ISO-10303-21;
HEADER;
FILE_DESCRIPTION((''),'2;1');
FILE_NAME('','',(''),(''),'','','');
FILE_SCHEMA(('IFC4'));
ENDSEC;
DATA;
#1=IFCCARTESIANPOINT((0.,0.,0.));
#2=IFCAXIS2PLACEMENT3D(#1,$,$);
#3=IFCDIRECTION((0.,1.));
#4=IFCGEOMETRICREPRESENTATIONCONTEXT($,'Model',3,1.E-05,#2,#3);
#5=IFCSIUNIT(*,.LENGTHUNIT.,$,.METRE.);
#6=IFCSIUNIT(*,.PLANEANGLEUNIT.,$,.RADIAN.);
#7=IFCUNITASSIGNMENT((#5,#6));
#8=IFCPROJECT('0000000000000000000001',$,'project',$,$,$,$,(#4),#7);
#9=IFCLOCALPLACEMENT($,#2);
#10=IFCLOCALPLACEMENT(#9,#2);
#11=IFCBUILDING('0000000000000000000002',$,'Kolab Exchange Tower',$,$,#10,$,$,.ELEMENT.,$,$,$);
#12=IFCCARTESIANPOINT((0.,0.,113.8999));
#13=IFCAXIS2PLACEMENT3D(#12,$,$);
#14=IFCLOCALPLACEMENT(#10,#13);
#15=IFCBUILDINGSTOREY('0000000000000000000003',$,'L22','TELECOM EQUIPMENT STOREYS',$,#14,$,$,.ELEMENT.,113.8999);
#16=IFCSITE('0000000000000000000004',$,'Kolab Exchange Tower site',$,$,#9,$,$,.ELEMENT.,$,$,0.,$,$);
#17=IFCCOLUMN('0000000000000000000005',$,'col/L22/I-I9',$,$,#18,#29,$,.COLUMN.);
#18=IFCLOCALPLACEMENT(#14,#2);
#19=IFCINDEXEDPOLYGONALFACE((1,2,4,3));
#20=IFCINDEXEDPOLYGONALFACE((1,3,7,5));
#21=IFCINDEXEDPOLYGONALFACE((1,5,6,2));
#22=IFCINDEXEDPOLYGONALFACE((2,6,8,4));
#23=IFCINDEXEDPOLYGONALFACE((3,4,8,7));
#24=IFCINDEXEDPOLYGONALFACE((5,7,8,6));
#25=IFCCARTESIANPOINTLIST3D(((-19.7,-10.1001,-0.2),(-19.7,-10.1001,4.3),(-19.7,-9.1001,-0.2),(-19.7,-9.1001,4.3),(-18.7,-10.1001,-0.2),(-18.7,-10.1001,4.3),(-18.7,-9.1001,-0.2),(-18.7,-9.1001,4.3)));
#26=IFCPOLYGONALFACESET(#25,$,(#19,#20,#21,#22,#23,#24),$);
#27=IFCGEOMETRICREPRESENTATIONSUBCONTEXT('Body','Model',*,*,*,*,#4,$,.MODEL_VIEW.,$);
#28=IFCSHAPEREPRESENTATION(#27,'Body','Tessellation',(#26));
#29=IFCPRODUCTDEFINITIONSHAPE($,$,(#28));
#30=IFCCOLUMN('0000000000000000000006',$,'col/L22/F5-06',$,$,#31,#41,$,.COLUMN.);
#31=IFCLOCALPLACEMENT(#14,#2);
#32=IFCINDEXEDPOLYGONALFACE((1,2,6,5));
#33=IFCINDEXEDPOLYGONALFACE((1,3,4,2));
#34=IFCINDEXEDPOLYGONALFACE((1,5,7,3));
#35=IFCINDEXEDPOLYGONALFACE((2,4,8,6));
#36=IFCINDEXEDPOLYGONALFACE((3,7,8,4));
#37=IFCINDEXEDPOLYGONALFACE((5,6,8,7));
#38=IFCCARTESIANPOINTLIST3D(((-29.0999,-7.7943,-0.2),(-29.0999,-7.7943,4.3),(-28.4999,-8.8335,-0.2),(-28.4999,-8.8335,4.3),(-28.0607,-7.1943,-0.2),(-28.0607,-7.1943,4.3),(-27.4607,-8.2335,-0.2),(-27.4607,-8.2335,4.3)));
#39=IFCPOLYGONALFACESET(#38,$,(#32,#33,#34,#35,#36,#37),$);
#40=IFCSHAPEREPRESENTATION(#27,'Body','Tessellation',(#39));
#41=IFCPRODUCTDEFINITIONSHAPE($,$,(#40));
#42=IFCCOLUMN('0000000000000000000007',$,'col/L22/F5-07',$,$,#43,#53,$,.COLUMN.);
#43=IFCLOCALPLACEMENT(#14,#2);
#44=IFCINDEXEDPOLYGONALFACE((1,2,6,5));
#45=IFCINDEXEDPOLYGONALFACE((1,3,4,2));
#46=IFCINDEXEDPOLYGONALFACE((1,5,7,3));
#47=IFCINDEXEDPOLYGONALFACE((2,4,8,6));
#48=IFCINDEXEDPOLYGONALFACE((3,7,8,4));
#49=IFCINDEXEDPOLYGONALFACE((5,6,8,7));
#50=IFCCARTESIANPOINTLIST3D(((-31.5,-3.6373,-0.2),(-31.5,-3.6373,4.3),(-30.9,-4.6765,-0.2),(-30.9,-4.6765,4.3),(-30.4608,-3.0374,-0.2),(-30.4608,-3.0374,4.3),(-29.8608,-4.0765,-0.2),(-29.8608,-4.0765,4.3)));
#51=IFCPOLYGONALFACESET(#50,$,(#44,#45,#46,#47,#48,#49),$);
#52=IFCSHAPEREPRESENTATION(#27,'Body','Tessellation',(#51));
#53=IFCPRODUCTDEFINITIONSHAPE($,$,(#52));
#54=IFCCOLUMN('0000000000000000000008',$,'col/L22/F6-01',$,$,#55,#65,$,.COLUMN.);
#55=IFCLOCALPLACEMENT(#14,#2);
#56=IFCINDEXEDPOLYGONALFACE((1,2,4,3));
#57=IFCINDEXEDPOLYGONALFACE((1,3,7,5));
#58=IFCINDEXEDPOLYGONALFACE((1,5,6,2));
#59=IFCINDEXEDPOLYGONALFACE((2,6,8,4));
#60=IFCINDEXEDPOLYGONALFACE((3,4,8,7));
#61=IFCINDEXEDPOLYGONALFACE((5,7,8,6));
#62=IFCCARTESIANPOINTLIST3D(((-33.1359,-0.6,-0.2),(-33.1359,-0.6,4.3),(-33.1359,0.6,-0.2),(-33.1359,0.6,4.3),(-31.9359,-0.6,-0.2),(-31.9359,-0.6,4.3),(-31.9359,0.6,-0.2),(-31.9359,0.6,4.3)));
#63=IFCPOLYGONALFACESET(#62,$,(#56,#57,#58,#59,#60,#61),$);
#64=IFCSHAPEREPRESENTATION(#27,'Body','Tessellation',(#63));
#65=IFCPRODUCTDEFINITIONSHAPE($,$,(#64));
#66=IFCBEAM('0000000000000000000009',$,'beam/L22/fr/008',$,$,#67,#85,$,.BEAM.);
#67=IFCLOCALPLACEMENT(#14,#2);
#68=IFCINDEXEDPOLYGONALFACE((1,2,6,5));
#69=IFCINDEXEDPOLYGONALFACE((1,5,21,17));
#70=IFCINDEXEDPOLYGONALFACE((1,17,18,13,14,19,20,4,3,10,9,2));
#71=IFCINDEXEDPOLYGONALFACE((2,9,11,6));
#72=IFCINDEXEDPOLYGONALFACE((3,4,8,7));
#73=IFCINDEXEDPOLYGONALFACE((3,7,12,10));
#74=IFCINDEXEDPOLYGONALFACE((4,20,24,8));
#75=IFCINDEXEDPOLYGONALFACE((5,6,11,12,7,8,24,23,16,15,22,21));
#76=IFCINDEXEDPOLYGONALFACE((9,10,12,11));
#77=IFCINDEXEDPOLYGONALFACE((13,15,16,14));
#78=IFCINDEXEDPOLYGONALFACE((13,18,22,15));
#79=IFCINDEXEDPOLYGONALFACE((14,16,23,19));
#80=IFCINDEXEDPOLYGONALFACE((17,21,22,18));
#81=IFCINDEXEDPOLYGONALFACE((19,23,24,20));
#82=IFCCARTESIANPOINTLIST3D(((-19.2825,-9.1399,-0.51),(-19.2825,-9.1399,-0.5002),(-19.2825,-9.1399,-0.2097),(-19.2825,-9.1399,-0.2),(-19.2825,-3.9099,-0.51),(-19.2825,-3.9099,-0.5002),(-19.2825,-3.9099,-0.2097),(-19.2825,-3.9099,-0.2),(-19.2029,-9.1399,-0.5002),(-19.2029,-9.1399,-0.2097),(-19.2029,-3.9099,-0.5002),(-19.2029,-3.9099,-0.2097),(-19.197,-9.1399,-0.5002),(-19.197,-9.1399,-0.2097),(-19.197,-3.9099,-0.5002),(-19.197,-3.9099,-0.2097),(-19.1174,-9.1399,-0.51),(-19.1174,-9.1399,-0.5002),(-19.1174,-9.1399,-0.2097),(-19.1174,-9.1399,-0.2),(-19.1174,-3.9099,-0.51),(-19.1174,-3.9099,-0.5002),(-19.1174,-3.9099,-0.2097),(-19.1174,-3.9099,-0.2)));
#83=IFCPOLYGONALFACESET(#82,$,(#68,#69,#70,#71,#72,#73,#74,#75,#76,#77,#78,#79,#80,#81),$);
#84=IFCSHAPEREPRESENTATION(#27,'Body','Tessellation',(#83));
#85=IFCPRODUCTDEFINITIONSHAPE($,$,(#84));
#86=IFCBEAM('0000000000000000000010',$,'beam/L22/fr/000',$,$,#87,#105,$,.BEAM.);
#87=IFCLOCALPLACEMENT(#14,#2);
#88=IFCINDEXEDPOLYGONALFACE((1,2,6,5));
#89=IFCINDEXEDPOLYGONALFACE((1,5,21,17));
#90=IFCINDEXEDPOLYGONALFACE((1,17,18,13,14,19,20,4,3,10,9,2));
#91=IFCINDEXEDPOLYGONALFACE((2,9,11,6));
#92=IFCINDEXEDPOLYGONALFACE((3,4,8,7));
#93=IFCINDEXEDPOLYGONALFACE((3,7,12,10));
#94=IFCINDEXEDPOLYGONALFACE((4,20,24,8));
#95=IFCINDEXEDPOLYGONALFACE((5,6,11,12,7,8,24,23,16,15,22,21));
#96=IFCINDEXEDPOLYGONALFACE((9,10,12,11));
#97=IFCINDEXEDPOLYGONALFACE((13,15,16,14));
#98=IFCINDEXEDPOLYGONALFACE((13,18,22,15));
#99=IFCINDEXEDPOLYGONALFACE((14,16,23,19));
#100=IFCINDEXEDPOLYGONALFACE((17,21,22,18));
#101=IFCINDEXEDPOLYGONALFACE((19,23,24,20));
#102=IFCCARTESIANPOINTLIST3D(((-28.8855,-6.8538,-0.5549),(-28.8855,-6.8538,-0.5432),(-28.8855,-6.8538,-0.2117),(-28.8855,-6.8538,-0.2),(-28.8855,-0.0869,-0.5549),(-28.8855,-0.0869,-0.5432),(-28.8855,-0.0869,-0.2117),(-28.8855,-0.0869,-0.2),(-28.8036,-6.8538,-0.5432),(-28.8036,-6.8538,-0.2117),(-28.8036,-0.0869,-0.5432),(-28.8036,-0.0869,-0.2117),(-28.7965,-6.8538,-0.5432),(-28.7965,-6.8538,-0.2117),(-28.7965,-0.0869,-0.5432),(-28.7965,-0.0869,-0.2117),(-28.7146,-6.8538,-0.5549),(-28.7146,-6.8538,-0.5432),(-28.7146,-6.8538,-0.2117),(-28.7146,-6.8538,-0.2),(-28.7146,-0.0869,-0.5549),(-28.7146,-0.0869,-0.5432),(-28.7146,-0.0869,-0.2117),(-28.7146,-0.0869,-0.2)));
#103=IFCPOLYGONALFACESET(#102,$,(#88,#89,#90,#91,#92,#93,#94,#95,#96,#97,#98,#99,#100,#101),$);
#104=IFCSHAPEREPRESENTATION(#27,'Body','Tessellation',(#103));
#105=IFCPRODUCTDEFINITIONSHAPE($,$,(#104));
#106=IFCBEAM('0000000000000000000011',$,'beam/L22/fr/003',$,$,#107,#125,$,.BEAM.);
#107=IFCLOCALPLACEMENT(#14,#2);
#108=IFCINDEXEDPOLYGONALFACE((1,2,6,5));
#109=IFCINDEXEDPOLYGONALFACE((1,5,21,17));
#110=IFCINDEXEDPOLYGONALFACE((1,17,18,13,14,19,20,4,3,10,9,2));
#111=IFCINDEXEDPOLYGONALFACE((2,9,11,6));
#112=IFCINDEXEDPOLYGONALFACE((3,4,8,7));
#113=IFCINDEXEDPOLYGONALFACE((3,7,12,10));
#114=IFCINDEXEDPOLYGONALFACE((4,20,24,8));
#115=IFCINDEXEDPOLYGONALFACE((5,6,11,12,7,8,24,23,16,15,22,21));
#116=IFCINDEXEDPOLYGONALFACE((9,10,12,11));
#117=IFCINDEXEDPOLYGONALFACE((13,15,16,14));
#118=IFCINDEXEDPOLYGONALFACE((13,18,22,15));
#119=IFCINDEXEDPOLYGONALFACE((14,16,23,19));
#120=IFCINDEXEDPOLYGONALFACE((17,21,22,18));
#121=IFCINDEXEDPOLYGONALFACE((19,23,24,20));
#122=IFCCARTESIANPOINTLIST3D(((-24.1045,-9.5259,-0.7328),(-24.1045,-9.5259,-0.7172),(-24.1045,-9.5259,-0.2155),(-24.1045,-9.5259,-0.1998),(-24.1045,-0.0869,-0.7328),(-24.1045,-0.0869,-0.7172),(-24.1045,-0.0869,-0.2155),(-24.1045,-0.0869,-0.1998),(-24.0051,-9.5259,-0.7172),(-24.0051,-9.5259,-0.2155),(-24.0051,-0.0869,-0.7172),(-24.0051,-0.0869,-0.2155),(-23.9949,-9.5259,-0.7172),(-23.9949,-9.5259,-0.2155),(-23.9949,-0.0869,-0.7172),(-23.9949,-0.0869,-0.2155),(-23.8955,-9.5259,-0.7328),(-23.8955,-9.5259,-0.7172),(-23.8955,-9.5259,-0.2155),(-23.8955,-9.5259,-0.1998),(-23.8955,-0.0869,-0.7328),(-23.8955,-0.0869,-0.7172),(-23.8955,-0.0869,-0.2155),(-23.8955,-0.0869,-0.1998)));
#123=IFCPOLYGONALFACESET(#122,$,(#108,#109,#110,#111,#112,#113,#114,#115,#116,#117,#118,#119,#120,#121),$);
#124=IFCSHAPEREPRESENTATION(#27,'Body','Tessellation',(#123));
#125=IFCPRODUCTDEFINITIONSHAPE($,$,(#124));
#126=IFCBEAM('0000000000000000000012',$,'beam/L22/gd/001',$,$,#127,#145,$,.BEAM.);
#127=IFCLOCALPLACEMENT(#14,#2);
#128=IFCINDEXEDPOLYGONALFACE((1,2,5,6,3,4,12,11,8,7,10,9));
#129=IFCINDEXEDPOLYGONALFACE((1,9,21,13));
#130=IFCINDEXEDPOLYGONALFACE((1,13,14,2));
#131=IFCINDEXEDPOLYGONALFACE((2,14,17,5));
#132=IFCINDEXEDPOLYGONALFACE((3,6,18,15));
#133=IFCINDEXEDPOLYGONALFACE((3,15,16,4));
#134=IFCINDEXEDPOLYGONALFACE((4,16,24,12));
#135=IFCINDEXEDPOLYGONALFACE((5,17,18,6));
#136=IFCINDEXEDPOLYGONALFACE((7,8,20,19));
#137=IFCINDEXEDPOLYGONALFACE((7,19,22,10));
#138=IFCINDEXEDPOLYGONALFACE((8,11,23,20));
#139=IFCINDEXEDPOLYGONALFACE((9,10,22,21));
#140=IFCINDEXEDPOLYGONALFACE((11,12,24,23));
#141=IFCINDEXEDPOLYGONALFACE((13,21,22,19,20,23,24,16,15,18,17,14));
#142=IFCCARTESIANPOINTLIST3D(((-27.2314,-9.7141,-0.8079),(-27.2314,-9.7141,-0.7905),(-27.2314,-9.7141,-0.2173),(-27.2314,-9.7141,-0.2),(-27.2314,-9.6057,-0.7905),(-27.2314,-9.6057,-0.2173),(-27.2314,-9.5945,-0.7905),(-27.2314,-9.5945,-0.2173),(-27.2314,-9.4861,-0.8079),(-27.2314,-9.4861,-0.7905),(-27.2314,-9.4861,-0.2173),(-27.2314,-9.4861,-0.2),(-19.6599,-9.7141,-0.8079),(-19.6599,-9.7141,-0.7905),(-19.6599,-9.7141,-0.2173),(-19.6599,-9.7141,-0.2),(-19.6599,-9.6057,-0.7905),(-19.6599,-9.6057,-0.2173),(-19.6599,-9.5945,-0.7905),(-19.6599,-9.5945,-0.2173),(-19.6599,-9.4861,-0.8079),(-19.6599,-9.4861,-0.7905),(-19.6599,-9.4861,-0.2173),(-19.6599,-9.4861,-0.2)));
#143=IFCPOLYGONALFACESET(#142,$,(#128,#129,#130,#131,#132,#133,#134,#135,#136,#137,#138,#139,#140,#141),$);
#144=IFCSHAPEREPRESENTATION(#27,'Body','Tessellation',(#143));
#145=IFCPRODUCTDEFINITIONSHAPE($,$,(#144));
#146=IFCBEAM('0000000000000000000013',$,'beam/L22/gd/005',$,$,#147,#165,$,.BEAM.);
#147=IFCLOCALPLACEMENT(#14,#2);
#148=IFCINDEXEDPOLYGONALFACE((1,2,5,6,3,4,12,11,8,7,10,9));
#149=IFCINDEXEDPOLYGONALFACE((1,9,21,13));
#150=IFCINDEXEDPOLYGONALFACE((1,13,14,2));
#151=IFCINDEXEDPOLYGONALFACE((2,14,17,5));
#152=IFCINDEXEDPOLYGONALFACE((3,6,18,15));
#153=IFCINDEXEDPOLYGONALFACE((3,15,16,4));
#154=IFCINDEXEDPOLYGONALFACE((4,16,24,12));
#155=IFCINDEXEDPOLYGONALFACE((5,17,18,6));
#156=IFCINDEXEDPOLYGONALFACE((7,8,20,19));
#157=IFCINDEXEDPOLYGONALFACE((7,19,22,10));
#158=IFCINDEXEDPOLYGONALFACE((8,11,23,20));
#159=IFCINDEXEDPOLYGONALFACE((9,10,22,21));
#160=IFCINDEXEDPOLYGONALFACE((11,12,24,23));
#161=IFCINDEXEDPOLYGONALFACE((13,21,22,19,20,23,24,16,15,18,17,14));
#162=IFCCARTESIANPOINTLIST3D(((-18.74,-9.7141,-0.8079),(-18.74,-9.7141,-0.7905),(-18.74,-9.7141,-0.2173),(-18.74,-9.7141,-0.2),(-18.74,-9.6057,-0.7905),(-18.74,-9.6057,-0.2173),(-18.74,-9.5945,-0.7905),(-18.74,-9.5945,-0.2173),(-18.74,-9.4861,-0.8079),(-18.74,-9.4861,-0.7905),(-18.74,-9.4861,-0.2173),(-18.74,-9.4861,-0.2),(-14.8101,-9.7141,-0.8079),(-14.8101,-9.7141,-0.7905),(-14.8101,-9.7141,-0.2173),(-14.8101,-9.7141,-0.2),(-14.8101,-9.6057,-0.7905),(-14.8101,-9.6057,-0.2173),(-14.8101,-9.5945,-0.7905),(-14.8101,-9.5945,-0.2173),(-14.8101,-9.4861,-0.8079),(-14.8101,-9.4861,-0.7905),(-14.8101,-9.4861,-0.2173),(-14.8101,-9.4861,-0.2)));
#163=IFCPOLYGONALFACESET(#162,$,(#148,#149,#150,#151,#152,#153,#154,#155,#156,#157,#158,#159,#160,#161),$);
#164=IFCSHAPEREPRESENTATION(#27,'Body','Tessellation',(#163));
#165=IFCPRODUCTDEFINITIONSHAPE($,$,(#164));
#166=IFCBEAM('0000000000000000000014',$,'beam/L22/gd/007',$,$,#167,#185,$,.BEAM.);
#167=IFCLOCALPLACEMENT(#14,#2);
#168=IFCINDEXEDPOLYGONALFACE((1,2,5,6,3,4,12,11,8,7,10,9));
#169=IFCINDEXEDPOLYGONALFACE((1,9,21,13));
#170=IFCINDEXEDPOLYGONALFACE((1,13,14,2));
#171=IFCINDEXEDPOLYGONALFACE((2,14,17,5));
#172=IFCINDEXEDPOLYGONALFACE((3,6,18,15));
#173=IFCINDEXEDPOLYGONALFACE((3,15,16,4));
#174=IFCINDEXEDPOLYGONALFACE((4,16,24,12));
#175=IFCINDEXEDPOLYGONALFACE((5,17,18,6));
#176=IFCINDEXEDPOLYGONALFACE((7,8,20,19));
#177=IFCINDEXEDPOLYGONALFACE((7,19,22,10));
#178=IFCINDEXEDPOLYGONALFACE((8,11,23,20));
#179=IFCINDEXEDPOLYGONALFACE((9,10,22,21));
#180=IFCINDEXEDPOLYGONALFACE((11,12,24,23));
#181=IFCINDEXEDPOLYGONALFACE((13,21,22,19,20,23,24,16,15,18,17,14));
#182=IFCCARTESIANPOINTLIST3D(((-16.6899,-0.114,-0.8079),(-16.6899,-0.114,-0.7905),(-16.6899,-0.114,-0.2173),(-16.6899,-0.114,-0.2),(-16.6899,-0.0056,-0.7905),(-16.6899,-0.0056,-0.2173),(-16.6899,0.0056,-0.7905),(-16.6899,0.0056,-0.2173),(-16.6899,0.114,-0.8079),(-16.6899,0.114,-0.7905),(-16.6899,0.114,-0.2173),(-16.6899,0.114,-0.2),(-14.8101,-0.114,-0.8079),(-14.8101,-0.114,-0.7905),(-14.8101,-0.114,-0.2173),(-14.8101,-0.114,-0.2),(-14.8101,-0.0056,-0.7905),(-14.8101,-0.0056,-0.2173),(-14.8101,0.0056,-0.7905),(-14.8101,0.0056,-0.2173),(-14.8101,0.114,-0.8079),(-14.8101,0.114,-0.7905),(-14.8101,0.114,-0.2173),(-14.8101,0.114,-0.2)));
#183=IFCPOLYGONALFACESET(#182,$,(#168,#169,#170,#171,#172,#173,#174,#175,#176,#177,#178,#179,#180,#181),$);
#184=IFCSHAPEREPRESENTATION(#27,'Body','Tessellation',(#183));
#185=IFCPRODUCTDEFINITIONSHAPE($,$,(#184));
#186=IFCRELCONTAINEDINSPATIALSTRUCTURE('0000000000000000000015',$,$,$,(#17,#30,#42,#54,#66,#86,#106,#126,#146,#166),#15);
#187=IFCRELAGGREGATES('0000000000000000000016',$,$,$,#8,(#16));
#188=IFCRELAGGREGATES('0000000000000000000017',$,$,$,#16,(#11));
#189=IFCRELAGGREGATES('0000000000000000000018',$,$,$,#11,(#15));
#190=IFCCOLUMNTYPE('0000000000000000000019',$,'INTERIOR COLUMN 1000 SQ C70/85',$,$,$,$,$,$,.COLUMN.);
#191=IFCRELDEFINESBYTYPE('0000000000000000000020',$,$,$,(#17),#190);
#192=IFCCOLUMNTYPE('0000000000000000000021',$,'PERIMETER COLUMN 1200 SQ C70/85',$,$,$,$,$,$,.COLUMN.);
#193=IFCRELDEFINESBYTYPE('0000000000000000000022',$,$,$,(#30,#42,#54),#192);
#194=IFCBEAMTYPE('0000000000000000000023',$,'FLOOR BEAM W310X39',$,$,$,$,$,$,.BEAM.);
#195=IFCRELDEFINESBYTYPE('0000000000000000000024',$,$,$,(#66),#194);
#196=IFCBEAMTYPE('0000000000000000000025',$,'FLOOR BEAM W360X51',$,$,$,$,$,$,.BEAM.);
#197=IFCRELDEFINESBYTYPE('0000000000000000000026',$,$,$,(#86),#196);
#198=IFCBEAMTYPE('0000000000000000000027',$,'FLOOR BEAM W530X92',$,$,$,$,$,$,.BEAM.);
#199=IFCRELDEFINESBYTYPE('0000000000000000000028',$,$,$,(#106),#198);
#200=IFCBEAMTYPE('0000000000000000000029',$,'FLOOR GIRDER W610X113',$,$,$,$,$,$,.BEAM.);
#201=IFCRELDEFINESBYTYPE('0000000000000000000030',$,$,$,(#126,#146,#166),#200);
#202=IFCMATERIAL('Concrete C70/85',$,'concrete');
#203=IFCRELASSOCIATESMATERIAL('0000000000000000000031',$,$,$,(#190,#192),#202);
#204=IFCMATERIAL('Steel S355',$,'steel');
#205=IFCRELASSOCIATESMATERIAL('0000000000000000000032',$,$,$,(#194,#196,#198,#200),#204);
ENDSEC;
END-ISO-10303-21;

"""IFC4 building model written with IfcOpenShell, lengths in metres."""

from ifc_helpers import new_model, si_unit, direction, frame, origin, origin_2d, place, context, subcontext, project, spatial, rectangle, i_section, extrude, material, material_profile, profile_set, type_object, element, save


model = new_model("IFC4")

# Units and contexts
model_context = context("Model", 3, precision=1e-05, world=origin(), true_north=direction((0.0, 1.0)))
body_context = subcontext(model_context, "Body", "Model", "MODEL_VIEW")
ifc_project = project(units=[si_unit("LENGTHUNIT", "METRE"), si_unit("PLANEANGLEUNIT", "RADIAN")], contexts=[model_context])

# Site, building, storey
site_placement = place(None, origin())
site = spatial("IfcSite", under=ifc_project, at=site_placement, Name="Kolab Exchange Tower site", CompositionType="ELEMENT", RefElevation=0.0)
building_placement = place(site_placement, origin())
building = spatial("IfcBuilding", under=site, at=building_placement, Name="Kolab Exchange Tower", CompositionType="ELEMENT")
storey_placement = place(building_placement, frame((0.0, 0.0, 113.8999)))
storey = spatial("IfcBuildingStorey", under=building, at=storey_placement, Name="L22", Description="TELECOM EQUIPMENT STOREYS", CompositionType="ELEMENT", Elevation=113.8999)

# Columns
ifc_material_1 = material(Name="Concrete C70/85", Category="concrete")
ifc_material_profile_1 = material_profile(ifc_material_1, rectangle(XDim=1.0, YDim=1.0, at=origin_2d()), Name="RC1000")
ifc_profile_set_1 = profile_set([ifc_material_profile_1], Name="Concrete C70/85")
column_type_1 = type_object("IfcColumnType", Name="INTERIOR COLUMN 1000 SQ C70/85", PredefinedType="COLUMN", material=ifc_profile_set_1)
column_placement = place(storey_placement, frame((-19.2, -9.6001, -0.2), z_axis=(0.0, 0.0, 1.0), x_axis=(1.0, 0.0, 0.0)))
element("IfcColumn", 1, at=column_placement, inside=storey, type_object=column_type_1, Name="col/L22/I-I9", PredefinedType="COLUMN", context=body_context, shape_type="SweptSolid", body=[
    extrude(rectangle(XDim=1.0, YDim=1.0, at=origin_2d()), origin(), (0.0, 0.0, 1.0), 4.5),
])
ifc_material_profile_2 = material_profile(ifc_material_1, rectangle(XDim=1.2, YDim=1.2, at=origin_2d()), Name="RC1200")
ifc_profile_set_2 = profile_set([ifc_material_profile_2], Name="Concrete C70/85")
column_type_2 = type_object("IfcColumnType", Name="PERIMETER COLUMN 1200 SQ C70/85", PredefinedType="COLUMN", material=ifc_profile_set_2)
for number, where, z_axis, x_axis, name in (
    (2, (-28.2803, -8.0139, -0.2), (0.0, 0.0, 1.0), (0.866025, 0.5, 0.0), "col/L22/F5-06"),
    (3, (-30.6804, -3.8569, -0.2), (0.0, 0.0, 1.0), (0.866025, 0.5, 0.0), "col/L22/F5-07"),
    (4, (-32.5359, 0.0, -0.2), (0.0, 0.0, 1.0), (1.0, 0.0, 0.0), "col/L22/F6-01"),
):
    element("IfcColumn", number, at=place(storey_placement, frame(where, z_axis=z_axis, x_axis=x_axis)), inside=storey, type_object=column_type_2, Name=name, PredefinedType="COLUMN", context=body_context, shape_type="SweptSolid", body=[
        extrude(rectangle(XDim=1.2, YDim=1.2, at=origin_2d()), origin(), (0.0, 0.0, 1.0), 4.5),
    ])

# Beams
ifc_material_2 = material(Name="Steel S355", Category="steel")
ifc_material_profile_3 = material_profile(ifc_material_2, i_section(OverallWidth=0.165, OverallDepth=0.3101, WebThickness=0.0059, FlangeThickness=0.0098, at=origin_2d()), Name="W310X39")
ifc_profile_set_3 = profile_set([ifc_material_profile_3], Name="Steel S355")
beam_type_1 = type_object("IfcBeamType", Name="FLOOR BEAM W310X39", PredefinedType="BEAM", material=ifc_profile_set_3)
beam_1_placement = place(storey_placement, frame((-19.2, -9.1399, -0.355), z_axis=(0.0, 1.0, 0.0), x_axis=(-1.0, 0.0, 0.0)))
element("IfcBeam", 5, at=beam_1_placement, inside=storey, type_object=beam_type_1, Name="beam/L22/fr/008", PredefinedType="BEAM", context=body_context, shape_type="SweptSolid", body=[
    extrude(i_section(OverallWidth=0.165, OverallDepth=0.3101, WebThickness=0.0059, FlangeThickness=0.0098, at=origin_2d()), origin(), (0.0, 0.0, 1.0), 5.23),
])
ifc_material_profile_4 = material_profile(ifc_material_2, i_section(OverallWidth=0.1709, OverallDepth=0.355, WebThickness=0.0071, FlangeThickness=0.0117, at=origin_2d()), Name="W360X51")
ifc_profile_set_4 = profile_set([ifc_material_profile_4], Name="Steel S355")
beam_type_2 = type_object("IfcBeamType", Name="FLOOR BEAM W360X51", PredefinedType="BEAM", material=ifc_profile_set_4)
beam_2_placement = place(storey_placement, frame((-28.8, -6.8538, -0.3774), z_axis=(0.0, 1.0, 0.0), x_axis=(-1.0, 0.0, 0.0)))
element("IfcBeam", 6, at=beam_2_placement, inside=storey, type_object=beam_type_2, Name="beam/L22/fr/000", PredefinedType="BEAM", context=body_context, shape_type="SweptSolid", body=[
    extrude(i_section(OverallWidth=0.1709, OverallDepth=0.355, WebThickness=0.0071, FlangeThickness=0.0117, at=origin_2d()), origin(), (0.0, 0.0, 1.0), 6.7668),
])
ifc_material_profile_5 = material_profile(ifc_material_2, i_section(OverallWidth=0.209, OverallDepth=0.533, WebThickness=0.0103, FlangeThickness=0.0156, at=origin_2d()), Name="W530X92")
ifc_profile_set_5 = profile_set([ifc_material_profile_5], Name="Steel S355")
beam_type_3 = type_object("IfcBeamType", Name="FLOOR BEAM W530X92", PredefinedType="BEAM", material=ifc_profile_set_5)
beam_3_placement = place(storey_placement, frame((-24.0, -9.5259, -0.4663), z_axis=(0.0, 1.0, 0.0), x_axis=(-1.0, 0.0, 0.0)))
element("IfcBeam", 7, at=beam_3_placement, inside=storey, type_object=beam_type_3, Name="beam/L22/fr/003", PredefinedType="BEAM", context=body_context, shape_type="SweptSolid", body=[
    extrude(i_section(OverallWidth=0.209, OverallDepth=0.533, WebThickness=0.0103, FlangeThickness=0.0156, at=origin_2d()), origin(), (0.0, 0.0, 1.0), 9.439),
])
ifc_material_profile_6 = material_profile(ifc_material_2, i_section(OverallWidth=0.228, OverallDepth=0.6079, WebThickness=0.0112, FlangeThickness=0.0173, at=origin_2d()), Name="W610X113")
ifc_profile_set_6 = profile_set([ifc_material_profile_6], Name="Steel S355")
beam_type_4 = type_object("IfcBeamType", Name="FLOOR GIRDER W610X113", PredefinedType="BEAM", material=ifc_profile_set_6)
beam_4_placement = place(storey_placement, frame((-27.2314, -9.6001, -0.5039), z_axis=(1.0, 0.0, 0.0), x_axis=(0.0, 1.0, 0.0)))
element("IfcBeam", 8, at=beam_4_placement, inside=storey, type_object=beam_type_4, Name="beam/L22/gd/001", PredefinedType="BEAM", context=body_context, shape_type="SweptSolid", body=[
    extrude(i_section(OverallWidth=0.228, OverallDepth=0.6079, WebThickness=0.0112, FlangeThickness=0.0173, at=origin_2d()), origin(), (0.0, 0.0, 1.0), 7.5715),
])
beam_5_placement = place(storey_placement, frame((-18.74, -9.6001, -0.5039), z_axis=(1.0, 0.0, 0.0), x_axis=(0.0, 1.0, 0.0)))
element("IfcBeam", 9, at=beam_5_placement, inside=storey, type_object=beam_type_4, Name="beam/L22/gd/005", PredefinedType="BEAM", context=body_context, shape_type="SweptSolid", body=[
    extrude(i_section(OverallWidth=0.228, OverallDepth=0.6079, WebThickness=0.0112, FlangeThickness=0.0173, at=origin_2d()), origin(), (0.0, 0.0, 1.0), 3.9299),
])
beam_6_placement = place(storey_placement, frame((-16.6899, 0.0, -0.5039), z_axis=(1.0, 0.0, 0.0), x_axis=(0.0, 1.0, 0.0)))
element("IfcBeam", 10, at=beam_6_placement, inside=storey, type_object=beam_type_4, Name="beam/L22/gd/007", PredefinedType="BEAM", context=body_context, shape_type="SweptSolid", body=[
    extrude(i_section(OverallWidth=0.228, OverallDepth=0.6079, WebThickness=0.0112, FlangeThickness=0.0173, at=origin_2d()), origin(), (0.0, 0.0, 1.0), 1.8799),
])

save(model, "model.ifc")
